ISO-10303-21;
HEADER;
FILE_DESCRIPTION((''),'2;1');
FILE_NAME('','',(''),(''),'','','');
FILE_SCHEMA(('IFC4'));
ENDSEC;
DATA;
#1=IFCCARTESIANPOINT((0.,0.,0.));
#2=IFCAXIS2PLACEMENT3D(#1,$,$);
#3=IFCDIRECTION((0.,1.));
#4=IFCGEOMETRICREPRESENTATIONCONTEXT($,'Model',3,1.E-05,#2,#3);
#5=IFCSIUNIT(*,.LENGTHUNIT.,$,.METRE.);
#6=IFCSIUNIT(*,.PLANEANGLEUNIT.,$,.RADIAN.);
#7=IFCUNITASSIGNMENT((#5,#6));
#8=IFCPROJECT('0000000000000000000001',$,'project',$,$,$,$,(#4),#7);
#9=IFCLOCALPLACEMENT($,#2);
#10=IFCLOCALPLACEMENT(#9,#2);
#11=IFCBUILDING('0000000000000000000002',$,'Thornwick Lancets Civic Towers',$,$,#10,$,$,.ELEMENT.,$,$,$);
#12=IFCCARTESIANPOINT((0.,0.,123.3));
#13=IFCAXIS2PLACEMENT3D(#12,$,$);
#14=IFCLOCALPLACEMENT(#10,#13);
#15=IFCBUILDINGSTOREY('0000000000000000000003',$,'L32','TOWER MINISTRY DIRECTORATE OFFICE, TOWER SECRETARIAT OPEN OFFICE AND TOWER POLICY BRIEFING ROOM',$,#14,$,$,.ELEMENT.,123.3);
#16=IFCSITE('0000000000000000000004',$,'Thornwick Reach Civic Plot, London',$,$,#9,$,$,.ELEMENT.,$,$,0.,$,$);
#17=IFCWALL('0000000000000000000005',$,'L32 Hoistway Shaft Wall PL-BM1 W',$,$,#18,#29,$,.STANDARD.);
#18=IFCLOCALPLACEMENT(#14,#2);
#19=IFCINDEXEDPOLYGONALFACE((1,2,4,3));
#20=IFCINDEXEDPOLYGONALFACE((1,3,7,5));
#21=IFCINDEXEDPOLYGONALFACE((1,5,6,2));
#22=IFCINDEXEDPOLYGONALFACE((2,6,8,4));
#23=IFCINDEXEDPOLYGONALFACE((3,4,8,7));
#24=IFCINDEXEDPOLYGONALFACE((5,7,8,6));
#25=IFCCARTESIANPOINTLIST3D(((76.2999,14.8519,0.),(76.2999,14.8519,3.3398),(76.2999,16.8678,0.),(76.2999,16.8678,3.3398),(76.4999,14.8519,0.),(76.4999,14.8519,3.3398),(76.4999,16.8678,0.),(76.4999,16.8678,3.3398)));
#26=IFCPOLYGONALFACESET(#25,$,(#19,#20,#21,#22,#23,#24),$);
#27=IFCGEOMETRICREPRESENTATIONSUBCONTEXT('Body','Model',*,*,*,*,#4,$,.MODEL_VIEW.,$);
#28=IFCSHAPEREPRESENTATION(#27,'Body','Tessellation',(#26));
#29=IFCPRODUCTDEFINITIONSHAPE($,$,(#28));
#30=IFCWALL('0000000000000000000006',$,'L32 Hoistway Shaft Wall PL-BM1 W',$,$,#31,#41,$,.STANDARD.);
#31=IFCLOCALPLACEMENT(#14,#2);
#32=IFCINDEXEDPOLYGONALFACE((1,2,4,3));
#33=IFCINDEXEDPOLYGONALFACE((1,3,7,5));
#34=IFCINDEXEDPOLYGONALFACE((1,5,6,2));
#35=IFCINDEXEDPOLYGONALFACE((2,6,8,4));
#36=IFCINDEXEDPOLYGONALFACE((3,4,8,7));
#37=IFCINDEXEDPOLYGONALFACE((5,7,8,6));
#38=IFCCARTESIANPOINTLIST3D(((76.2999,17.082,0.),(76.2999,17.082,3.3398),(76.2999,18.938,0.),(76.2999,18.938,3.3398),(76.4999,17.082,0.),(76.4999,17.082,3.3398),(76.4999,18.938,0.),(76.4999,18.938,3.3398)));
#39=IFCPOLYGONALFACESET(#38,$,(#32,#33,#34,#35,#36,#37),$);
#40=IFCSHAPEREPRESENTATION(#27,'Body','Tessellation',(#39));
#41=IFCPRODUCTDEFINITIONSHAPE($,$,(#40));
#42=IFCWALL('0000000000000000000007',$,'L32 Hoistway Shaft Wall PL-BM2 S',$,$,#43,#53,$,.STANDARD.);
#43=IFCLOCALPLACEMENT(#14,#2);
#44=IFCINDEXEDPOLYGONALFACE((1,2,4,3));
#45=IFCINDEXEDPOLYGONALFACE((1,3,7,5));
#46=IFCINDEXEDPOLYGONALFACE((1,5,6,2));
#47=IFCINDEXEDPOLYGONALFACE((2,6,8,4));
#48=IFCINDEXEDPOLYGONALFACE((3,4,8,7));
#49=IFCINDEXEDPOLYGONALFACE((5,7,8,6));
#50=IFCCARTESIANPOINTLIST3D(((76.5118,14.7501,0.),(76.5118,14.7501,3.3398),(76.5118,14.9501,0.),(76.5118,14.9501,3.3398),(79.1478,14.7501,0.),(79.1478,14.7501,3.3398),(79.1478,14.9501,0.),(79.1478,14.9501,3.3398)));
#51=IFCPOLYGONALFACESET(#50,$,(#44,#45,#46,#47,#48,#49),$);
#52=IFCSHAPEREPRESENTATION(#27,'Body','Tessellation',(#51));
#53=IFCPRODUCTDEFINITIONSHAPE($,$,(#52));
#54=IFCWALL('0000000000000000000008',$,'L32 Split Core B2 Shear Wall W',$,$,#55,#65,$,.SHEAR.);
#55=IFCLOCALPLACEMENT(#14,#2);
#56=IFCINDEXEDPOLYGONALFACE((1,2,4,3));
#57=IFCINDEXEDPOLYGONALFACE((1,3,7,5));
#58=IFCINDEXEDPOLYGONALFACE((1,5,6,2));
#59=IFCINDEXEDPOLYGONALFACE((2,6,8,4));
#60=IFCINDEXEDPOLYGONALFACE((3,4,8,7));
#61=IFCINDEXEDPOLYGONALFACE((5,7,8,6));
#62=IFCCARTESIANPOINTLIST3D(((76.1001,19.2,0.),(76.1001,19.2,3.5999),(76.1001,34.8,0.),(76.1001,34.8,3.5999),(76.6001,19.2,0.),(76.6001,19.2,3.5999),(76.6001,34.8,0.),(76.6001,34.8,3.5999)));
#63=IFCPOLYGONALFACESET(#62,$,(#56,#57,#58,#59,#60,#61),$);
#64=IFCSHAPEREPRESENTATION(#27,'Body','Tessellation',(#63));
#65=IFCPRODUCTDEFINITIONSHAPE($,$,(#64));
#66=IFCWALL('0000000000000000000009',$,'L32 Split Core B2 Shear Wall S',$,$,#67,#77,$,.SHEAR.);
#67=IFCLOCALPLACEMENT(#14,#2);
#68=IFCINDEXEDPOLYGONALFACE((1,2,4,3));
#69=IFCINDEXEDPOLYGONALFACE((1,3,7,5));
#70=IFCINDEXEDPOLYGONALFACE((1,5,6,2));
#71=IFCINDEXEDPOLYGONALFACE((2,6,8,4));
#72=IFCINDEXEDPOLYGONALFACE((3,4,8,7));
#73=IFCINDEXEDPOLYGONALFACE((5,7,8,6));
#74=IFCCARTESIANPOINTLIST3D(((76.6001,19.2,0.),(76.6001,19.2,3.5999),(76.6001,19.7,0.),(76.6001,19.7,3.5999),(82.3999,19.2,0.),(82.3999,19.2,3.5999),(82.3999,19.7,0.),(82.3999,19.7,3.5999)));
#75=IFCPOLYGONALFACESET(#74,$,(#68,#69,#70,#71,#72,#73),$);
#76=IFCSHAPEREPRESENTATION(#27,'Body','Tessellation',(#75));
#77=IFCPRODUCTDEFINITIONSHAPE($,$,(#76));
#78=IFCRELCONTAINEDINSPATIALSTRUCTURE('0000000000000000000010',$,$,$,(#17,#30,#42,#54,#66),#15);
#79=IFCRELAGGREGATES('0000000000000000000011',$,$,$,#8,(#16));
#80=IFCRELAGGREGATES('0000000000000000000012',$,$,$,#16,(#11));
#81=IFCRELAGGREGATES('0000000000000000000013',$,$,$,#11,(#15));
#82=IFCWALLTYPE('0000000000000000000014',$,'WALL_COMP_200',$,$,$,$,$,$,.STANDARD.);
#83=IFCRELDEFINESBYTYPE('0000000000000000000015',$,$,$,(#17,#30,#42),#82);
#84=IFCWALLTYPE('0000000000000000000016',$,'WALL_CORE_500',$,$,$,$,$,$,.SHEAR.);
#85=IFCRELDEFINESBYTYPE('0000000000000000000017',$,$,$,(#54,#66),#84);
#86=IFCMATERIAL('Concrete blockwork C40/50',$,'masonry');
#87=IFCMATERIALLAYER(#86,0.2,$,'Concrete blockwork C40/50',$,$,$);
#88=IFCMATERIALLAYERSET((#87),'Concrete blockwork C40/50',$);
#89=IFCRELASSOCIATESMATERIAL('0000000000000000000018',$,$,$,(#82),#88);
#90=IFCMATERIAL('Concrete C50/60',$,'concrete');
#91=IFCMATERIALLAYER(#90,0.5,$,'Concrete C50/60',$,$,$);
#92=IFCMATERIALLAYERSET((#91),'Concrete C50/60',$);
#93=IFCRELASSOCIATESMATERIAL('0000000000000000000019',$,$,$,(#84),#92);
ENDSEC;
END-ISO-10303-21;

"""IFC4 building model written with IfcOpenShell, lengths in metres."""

from ifc_helpers import new_model, si_unit, direction, frame, frame_2d, origin, place, context, subcontext, project, spatial, rectangle, extrude, material, layer, layer_set, type_object, element, save


model = new_model("IFC4")

# Units and contexts
model_context = context("Model", 3, precision=1e-05, world=origin(), true_north=direction((0.0, 1.0)))
body_context = subcontext(model_context, "Body", "Model", "MODEL_VIEW")
ifc_project = project(units=[si_unit("LENGTHUNIT", "METRE"), si_unit("PLANEANGLEUNIT", "RADIAN")], contexts=[model_context])

# Site, building, storey
site_placement = place(None, origin())
site = spatial("IfcSite", under=ifc_project, at=site_placement, Name="Thornwick Reach Civic Plot, London", CompositionType="ELEMENT", RefElevation=0.0)
building_placement = place(site_placement, origin())
building = spatial("IfcBuilding", under=site, at=building_placement, Name="Thornwick Lancets Civic Towers", CompositionType="ELEMENT")
storey_placement = place(building_placement, frame((0.0, 0.0, 123.3)))
storey = spatial("IfcBuildingStorey", under=building, at=storey_placement, Name="L32", Description="TOWER MINISTRY DIRECTORATE OFFICE, TOWER SECRETARIAT OPEN OFFICE AND TOWER POLICY BRIEFING ROOM", CompositionType="ELEMENT", Elevation=123.3)

# Walls
ifc_material_1 = material(Name="Concrete blockwork C40/50", Category="masonry")
ifc_layer_1 = layer(ifc_material_1, 0.2, Name="Concrete blockwork C40/50")
ifc_layer_set_1 = layer_set([ifc_layer_1], Name="Concrete blockwork C40/50")
wall_type_1 = type_object("IfcWallType", Name="WALL_COMP_200", PredefinedType="STANDARD", material=ifc_layer_set_1)
wall_1_placement = place(storey_placement, frame((76.3999, 14.8521, 0.0), z_axis=(0.0, 0.0, 1.0), x_axis=(0.0, 1.0, 0.0)))
element("IfcWall", 1, at=wall_1_placement, inside=storey, type_object=wall_type_1, Name="L32 Hoistway Shaft Wall PL-BM1 W", PredefinedType="STANDARD", context=body_context, shape_type="SweptSolid", body=[
    extrude(rectangle(XDim=2.0159, YDim=0.2, at=frame_2d((1.0078, 0.0))), origin(), (0.0, 0.0, 1.0), 3.3398),
])
wall_2_placement = place(storey_placement, frame((76.3999, 17.082, 0.0), z_axis=(0.0, 0.0, 1.0), x_axis=(0.0, 1.0, 0.0)))
element("IfcWall", 2, at=wall_2_placement, inside=storey, type_object=wall_type_1, Name="L32 Hoistway Shaft Wall PL-BM1 W", PredefinedType="STANDARD", context=body_context, shape_type="SweptSolid", body=[
    extrude(rectangle(XDim=1.856, YDim=0.2, at=frame_2d((0.928, 0.0))), origin(), (0.0, 0.0, 1.0), 3.3398),
])
wall_3_placement = place(storey_placement, frame((76.512, 14.8501, 0.0), z_axis=(0.0, 0.0, 1.0), x_axis=(1.0, 0.0, 0.0)))
element("IfcWall", 3, at=wall_3_placement, inside=storey, type_object=wall_type_1, Name="L32 Hoistway Shaft Wall PL-BM2 S", PredefinedType="STANDARD", context=body_context, shape_type="SweptSolid", body=[
    extrude(rectangle(XDim=2.636, YDim=0.2, at=frame_2d((1.3179, 0.0))), origin(), (0.0, 0.0, 1.0), 3.3398),
])
ifc_material_2 = material(Name="Concrete C50/60", Category="concrete")
ifc_layer_2 = layer(ifc_material_2, 0.5, Name="Concrete C50/60")
ifc_layer_set_2 = layer_set([ifc_layer_2], Name="Concrete C50/60")
wall_type_2 = type_object("IfcWallType", Name="WALL_CORE_500", PredefinedType="SHEAR", material=ifc_layer_set_2)
wall_4_placement = place(storey_placement, frame((76.3501, 19.2, 0.0), z_axis=(0.0, 0.0, 1.0), x_axis=(0.0, 1.0, 0.0)))
element("IfcWall", 4, at=wall_4_placement, inside=storey, type_object=wall_type_2, Name="L32 Split Core B2 Shear Wall W", PredefinedType="SHEAR", context=body_context, shape_type="SweptSolid", body=[
    extrude(rectangle(XDim=15.6001, YDim=0.5, at=frame_2d((7.8, 0.0))), origin(), (0.0, 0.0, 1.0), 3.5999),
])
wall_5_placement = place(storey_placement, frame((76.6001, 19.45, 0.0), z_axis=(0.0, 0.0, 1.0), x_axis=(1.0, 0.0, 0.0)))
element("IfcWall", 5, at=wall_5_placement, inside=storey, type_object=wall_type_2, Name="L32 Split Core B2 Shear Wall S", PredefinedType="SHEAR", context=body_context, shape_type="SweptSolid", body=[
    extrude(rectangle(XDim=5.7998, YDim=0.5, at=frame_2d((2.8999, 0.0))), origin(), (0.0, 0.0, 1.0), 3.5999),
])

save(model, "model.ifc")
